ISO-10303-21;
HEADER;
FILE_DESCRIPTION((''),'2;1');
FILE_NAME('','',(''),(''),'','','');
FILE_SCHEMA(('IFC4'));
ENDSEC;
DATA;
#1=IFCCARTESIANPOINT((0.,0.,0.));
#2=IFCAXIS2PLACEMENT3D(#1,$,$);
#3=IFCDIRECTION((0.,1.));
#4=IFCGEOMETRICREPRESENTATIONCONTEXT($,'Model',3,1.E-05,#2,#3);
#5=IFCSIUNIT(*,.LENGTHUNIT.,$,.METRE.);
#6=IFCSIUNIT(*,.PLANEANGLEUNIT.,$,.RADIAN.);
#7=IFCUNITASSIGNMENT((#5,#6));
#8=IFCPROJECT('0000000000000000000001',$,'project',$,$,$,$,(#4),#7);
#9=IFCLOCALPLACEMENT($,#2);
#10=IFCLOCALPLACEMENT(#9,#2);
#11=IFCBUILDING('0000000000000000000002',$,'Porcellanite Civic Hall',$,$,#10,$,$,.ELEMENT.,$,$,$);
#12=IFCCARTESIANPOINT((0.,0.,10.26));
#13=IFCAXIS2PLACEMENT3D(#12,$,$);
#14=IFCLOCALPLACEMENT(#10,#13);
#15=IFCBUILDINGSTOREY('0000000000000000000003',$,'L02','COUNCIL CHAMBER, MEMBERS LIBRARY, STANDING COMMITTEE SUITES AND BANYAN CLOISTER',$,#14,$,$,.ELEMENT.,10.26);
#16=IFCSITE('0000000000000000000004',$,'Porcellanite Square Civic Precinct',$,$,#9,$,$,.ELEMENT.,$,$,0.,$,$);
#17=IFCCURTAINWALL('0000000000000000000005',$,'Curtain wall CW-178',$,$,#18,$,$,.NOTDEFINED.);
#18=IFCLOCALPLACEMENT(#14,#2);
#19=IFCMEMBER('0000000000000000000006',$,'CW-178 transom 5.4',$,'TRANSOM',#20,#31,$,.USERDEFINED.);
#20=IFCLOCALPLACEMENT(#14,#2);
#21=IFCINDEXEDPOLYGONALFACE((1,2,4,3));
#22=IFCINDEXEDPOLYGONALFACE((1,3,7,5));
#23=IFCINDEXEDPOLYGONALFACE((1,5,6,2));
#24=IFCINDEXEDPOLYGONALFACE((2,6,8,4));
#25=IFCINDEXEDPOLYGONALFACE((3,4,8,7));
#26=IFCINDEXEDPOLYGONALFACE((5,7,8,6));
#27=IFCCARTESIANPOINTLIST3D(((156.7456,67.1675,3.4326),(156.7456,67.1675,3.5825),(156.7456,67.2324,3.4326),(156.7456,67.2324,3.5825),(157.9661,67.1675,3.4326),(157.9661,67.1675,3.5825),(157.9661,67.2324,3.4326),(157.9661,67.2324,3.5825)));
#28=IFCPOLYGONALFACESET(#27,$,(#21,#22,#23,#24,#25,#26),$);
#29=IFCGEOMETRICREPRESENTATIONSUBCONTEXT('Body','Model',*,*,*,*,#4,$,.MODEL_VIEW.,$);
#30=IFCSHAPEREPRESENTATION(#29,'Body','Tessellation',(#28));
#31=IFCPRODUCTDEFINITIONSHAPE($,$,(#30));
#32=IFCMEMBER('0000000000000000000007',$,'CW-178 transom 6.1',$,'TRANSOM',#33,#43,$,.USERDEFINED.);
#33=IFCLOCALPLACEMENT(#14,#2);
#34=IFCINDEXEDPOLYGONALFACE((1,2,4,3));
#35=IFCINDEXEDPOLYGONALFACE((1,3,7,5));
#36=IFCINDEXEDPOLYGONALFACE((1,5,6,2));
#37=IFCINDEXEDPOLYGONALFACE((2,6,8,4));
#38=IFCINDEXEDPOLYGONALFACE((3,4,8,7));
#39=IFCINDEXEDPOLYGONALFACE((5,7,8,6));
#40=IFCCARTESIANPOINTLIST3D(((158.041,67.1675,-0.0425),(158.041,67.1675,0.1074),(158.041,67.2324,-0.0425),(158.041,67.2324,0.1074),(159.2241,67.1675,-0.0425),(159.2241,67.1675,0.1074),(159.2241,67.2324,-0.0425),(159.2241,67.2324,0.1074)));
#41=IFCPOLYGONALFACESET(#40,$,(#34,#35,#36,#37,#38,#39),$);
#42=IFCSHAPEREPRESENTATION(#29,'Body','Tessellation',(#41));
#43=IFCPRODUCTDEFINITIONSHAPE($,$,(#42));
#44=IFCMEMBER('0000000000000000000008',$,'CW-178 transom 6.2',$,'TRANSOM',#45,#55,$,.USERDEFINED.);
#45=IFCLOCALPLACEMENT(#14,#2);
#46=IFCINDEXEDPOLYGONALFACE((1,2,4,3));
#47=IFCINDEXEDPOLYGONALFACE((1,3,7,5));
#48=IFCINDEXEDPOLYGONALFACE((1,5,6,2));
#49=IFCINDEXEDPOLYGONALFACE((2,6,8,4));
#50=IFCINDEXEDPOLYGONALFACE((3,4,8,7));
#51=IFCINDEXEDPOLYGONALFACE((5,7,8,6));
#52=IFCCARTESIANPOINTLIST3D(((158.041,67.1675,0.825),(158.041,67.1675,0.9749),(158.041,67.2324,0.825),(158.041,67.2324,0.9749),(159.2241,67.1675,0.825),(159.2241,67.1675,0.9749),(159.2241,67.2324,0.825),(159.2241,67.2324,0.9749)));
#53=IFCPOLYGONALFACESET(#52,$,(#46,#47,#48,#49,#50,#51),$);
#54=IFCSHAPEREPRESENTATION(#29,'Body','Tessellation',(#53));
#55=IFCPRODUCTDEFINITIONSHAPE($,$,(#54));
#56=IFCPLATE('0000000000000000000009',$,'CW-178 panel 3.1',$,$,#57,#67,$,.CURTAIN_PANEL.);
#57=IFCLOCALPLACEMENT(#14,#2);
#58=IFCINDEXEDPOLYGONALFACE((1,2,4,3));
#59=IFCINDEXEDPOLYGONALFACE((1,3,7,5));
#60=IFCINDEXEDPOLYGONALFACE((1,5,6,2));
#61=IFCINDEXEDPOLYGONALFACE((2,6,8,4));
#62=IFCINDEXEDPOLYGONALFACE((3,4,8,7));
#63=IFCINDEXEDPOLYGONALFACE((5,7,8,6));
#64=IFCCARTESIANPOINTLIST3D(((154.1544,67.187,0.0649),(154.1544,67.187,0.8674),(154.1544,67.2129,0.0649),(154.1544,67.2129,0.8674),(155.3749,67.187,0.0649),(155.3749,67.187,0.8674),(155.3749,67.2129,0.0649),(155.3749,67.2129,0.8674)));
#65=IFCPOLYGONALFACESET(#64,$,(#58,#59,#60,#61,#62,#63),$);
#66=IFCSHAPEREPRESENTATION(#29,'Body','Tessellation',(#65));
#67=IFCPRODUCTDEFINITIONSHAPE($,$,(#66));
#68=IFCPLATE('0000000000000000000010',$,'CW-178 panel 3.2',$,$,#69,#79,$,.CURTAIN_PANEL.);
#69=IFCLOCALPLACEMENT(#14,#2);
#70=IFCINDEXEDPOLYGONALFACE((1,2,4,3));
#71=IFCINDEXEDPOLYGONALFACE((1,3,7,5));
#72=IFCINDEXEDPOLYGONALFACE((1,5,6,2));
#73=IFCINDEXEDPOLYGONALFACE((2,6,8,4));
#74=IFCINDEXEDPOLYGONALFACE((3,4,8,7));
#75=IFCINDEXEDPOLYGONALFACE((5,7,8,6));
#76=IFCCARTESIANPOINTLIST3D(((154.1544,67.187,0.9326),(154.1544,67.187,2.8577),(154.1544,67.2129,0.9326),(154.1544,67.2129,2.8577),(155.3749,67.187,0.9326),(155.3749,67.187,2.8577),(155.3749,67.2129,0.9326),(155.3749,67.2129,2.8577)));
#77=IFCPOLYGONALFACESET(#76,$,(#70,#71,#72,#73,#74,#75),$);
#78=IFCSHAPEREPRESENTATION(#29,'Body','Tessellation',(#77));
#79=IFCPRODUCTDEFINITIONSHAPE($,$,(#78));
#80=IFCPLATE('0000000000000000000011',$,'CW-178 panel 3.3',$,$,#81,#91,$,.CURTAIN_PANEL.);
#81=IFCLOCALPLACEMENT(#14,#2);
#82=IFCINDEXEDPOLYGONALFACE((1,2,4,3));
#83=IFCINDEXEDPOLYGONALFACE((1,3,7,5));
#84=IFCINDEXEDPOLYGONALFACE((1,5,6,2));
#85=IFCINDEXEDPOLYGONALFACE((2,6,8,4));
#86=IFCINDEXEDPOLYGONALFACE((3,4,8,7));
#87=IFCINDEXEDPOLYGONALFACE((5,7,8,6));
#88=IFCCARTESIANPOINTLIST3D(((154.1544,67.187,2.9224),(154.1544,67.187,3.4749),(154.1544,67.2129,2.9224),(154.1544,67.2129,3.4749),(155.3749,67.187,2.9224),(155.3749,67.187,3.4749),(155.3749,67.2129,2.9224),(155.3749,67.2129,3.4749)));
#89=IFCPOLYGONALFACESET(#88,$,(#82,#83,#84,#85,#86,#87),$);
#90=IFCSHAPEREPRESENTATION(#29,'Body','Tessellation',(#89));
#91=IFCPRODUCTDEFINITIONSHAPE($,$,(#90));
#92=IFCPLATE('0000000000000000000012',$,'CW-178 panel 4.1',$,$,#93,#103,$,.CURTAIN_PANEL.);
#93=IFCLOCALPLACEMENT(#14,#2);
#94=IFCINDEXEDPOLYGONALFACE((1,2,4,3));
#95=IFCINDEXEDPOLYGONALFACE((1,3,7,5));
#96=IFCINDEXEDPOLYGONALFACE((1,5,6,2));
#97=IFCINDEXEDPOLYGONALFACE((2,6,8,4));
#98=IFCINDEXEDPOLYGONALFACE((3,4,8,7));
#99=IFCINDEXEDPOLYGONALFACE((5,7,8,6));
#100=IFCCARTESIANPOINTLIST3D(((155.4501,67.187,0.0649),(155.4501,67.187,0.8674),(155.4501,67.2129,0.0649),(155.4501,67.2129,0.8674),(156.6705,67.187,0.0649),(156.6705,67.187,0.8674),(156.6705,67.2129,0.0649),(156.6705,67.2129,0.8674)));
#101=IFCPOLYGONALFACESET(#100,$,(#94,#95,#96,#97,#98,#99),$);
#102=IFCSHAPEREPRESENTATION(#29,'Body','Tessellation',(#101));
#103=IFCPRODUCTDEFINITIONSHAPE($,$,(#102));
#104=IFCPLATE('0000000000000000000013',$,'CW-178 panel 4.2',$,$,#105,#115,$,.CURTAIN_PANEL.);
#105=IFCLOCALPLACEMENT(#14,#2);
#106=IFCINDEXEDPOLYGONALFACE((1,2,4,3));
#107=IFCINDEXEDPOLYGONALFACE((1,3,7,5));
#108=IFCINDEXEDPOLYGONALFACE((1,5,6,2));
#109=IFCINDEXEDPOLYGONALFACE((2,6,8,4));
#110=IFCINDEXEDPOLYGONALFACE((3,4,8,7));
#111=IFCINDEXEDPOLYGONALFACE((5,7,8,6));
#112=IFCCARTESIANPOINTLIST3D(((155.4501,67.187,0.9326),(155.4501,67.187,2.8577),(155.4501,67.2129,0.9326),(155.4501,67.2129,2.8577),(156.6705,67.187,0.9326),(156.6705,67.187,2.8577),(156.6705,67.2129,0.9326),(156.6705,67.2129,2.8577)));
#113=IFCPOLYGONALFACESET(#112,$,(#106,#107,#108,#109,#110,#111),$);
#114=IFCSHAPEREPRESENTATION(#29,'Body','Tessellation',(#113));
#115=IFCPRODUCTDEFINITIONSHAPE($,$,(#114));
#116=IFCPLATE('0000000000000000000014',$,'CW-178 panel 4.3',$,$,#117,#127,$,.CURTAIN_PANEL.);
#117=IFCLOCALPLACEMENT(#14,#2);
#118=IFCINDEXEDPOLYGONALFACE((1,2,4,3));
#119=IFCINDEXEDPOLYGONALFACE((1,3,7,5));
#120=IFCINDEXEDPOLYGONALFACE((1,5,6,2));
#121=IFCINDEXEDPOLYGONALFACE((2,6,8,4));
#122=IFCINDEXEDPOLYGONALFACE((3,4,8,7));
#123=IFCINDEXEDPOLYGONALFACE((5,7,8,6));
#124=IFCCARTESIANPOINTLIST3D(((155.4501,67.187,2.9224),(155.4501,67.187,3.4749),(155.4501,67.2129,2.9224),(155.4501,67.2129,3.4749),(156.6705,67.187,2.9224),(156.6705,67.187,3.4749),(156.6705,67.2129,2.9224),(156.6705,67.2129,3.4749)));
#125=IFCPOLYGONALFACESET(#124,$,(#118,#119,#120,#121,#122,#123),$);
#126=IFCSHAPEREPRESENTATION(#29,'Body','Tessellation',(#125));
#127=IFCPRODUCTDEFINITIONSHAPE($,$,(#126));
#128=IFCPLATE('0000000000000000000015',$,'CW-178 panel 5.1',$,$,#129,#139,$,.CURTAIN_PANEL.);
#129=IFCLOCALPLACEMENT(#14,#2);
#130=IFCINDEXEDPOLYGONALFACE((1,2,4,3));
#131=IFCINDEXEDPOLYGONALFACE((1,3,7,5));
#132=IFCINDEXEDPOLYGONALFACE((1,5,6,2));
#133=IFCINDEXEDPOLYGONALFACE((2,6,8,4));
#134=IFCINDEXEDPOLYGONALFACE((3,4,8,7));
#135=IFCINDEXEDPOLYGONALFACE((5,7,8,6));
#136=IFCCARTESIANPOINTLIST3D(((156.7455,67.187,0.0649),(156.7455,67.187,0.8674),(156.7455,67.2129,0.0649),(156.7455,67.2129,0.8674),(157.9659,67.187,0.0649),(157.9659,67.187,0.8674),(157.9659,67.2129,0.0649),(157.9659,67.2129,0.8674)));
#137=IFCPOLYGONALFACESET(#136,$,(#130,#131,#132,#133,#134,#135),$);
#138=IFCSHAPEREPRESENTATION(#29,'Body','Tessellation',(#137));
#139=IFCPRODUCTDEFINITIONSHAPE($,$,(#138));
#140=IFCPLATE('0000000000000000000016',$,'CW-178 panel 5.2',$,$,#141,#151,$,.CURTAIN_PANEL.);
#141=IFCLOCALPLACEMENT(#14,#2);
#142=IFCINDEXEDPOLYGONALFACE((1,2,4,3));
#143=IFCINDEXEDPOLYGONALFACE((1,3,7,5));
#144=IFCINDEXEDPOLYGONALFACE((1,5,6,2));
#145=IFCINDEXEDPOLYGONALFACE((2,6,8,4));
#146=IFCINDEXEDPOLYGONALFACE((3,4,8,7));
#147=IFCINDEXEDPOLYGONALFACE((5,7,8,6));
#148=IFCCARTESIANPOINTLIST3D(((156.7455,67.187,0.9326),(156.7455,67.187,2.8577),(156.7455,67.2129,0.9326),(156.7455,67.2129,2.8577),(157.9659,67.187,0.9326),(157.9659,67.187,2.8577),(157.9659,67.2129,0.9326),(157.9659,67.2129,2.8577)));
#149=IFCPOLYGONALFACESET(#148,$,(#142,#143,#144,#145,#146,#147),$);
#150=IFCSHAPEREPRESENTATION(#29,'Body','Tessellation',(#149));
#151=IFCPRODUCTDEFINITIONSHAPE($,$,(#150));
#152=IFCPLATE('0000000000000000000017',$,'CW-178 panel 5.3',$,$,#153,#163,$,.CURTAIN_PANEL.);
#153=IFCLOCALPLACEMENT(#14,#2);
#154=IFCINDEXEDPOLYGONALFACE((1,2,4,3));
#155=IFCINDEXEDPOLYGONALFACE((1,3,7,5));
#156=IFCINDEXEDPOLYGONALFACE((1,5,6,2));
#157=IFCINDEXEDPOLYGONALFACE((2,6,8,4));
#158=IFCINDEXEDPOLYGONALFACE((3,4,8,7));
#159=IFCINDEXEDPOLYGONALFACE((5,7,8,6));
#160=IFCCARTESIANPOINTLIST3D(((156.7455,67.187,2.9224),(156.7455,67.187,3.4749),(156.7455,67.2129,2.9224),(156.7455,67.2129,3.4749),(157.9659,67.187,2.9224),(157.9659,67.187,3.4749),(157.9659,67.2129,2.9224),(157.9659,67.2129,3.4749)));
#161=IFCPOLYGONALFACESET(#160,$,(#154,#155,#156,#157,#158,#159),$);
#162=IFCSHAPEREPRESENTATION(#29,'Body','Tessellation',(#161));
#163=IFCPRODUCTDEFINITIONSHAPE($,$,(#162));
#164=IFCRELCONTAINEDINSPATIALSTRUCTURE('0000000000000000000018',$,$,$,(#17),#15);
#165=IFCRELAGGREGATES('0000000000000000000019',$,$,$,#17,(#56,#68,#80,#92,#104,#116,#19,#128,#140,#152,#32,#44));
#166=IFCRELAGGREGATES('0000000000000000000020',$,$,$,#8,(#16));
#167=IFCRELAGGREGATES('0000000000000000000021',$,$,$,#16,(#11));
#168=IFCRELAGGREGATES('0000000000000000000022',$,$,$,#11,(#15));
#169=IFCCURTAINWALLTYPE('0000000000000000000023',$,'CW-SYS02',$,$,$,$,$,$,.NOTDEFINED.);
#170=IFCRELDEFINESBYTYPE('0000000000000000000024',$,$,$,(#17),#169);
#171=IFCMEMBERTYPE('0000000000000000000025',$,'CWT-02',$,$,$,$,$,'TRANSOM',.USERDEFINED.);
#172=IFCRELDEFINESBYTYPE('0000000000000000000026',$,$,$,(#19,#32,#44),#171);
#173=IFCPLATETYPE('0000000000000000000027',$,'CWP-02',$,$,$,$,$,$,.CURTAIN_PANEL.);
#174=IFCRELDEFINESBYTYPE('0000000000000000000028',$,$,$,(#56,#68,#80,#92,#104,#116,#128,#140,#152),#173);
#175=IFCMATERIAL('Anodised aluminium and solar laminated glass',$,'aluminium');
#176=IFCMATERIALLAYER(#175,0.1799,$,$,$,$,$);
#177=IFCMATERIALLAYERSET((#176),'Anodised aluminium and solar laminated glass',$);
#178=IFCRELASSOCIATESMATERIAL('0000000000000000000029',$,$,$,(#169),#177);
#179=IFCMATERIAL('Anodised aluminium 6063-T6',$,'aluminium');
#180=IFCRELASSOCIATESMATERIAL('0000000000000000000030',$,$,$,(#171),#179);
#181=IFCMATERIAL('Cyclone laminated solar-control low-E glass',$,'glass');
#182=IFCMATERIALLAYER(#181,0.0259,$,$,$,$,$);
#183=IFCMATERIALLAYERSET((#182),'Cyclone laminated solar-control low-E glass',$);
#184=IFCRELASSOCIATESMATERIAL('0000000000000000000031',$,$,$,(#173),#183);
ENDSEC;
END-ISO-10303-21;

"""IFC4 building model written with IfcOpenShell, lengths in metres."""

from ifc_helpers import new_model, si_unit, direction, frame, origin, origin_2d, place, context, subcontext, project, spatial, rectangle, extrude, material, layer, layer_set, material_profile, profile_set, type_object, element, aggregate, save


model = new_model("IFC4")

# Units and contexts
model_context = context("Model", 3, precision=1e-05, world=origin(), true_north=direction((0.0, 1.0)))
body_context = subcontext(model_context, "Body", "Model", "MODEL_VIEW")
ifc_project = project(units=[si_unit("LENGTHUNIT", "METRE"), si_unit("PLANEANGLEUNIT", "RADIAN")], contexts=[model_context])

# Site, building, storey
site_placement = place(None, origin())
site = spatial("IfcSite", under=ifc_project, at=site_placement, Name="Porcellanite Square Civic Precinct", CompositionType="ELEMENT", RefElevation=0.0)
building_placement = place(site_placement, origin())
building = spatial("IfcBuilding", under=site, at=building_placement, Name="Porcellanite Civic Hall", CompositionType="ELEMENT")
storey_placement = place(building_placement, frame((0.0, 0.0, 10.26)))
storey = spatial("IfcBuildingStorey", under=building, at=storey_placement, Name="L02", Description="COUNCIL CHAMBER, MEMBERS LIBRARY, STANDING COMMITTEE SUITES AND BANYAN CLOISTER", CompositionType="ELEMENT", Elevation=10.26)

# Curtain wall, members, plates
ifc_material_1 = material(Name="Anodised aluminium and solar laminated glass", Category="aluminium")
ifc_layer_1 = layer(ifc_material_1, 0.1799)
ifc_layer_set_1 = layer_set([ifc_layer_1], Name="Anodised aluminium and solar laminated glass")
curtain_wall_type = type_object("IfcCurtainWallType", Name="CW-SYS02", PredefinedType="NOTDEFINED", material=ifc_layer_set_1)
curtain_wall_placement = place(storey_placement, origin())
curtain_wall = element("IfcCurtainWall", 1, at=curtain_wall_placement, inside=storey, type_object=curtain_wall_type, Name="Curtain wall CW-178", PredefinedType="NOTDEFINED")
ifc_material_2 = material(Name="Anodised aluminium 6063-T6", Category="aluminium")
ifc_material_profile_1 = material_profile(ifc_material_2, rectangle(XDim=0.0649, YDim=0.1499, at=origin_2d()), Name="AL-65x150")
ifc_profile_set_1 = profile_set([ifc_material_profile_1], Name="Anodised aluminium 6063-T6")
member_type_1 = type_object("IfcMemberType", Name="CWT-02", ElementType="TRANSOM", PredefinedType="USERDEFINED", material=ifc_profile_set_1)
member_1_placement = place(storey_placement, frame((156.7456, 67.2, 3.5076), z_axis=(1.0, 0.0, 0.0), x_axis=(0.0, 1.0, 0.0)))
member_1 = element("IfcMember", 2, at=member_1_placement, type_object=member_type_1, Name="CW-178 transom 5.4", ObjectType="TRANSOM", PredefinedType="USERDEFINED", context=body_context, shape_type="SweptSolid", body=[
    extrude(rectangle(XDim=0.0649, YDim=0.1499, at=origin_2d()), origin(), (0.0, 0.0, 1.0), 1.2205),
])
member_2_placement = place(storey_placement, frame((158.041, 67.2, 0.0325), z_axis=(1.0, 0.0, 0.0), x_axis=(0.0, 1.0, 0.0)))
member_2 = element("IfcMember", 3, at=member_2_placement, type_object=member_type_1, Name="CW-178 transom 6.1", ObjectType="TRANSOM", PredefinedType="USERDEFINED", context=body_context, shape_type="SweptSolid", body=[
    extrude(rectangle(XDim=0.0649, YDim=0.1499, at=origin_2d()), origin(), (0.0, 0.0, 1.0), 1.1831),
])
member_3_placement = place(storey_placement, frame((158.041, 67.2, 0.8999), z_axis=(1.0, 0.0, 0.0), x_axis=(0.0, 1.0, 0.0)))
member_3 = element("IfcMember", 4, at=member_3_placement, type_object=member_type_1, Name="CW-178 transom 6.2", ObjectType="TRANSOM", PredefinedType="USERDEFINED", context=body_context, shape_type="SweptSolid", body=[
    extrude(rectangle(XDim=0.0649, YDim=0.1499, at=origin_2d()), origin(), (0.0, 0.0, 1.0), 1.1831),
])
ifc_material_3 = material(Name="Cyclone laminated solar-control low-E glass", Category="glass")
ifc_layer_2 = layer(ifc_material_3, 0.0259)
ifc_layer_set_2 = layer_set([ifc_layer_2], Name="Cyclone laminated solar-control low-E glass")
plate_type = type_object("IfcPlateType", Name="CWP-02", PredefinedType="CURTAIN_PANEL", material=ifc_layer_set_2)
plate_1_placement = place(storey_placement, frame((154.7646, 67.2, 0.0649), z_axis=(0.0, 0.0, 1.0), x_axis=(1.0, 0.0, 0.0)))
plate_1 = element("IfcPlate", 5, at=plate_1_placement, type_object=plate_type, Name="CW-178 panel 3.1", PredefinedType="CURTAIN_PANEL", context=body_context, shape_type="SweptSolid", body=[
    extrude(rectangle(XDim=1.2205, YDim=0.0259, at=origin_2d()), origin(), (0.0, 0.0, 1.0), 0.8025),
])
plate_2_placement = place(storey_placement, frame((154.7646, 67.2, 0.9326), z_axis=(0.0, 0.0, 1.0), x_axis=(1.0, 0.0, 0.0)))
plate_2 = element("IfcPlate", 6, at=plate_2_placement, type_object=plate_type, Name="CW-178 panel 3.2", PredefinedType="CURTAIN_PANEL", context=body_context, shape_type="SweptSolid", body=[
    extrude(rectangle(XDim=1.2205, YDim=0.0259, at=origin_2d()), origin(), (0.0, 0.0, 1.0), 1.925),
])
plate_3_placement = place(storey_placement, frame((154.7646, 67.2, 2.9224), z_axis=(0.0, 0.0, 1.0), x_axis=(1.0, 0.0, 0.0)))
plate_3 = element("IfcPlate", 7, at=plate_3_placement, type_object=plate_type, Name="CW-178 panel 3.3", PredefinedType="CURTAIN_PANEL", context=body_context, shape_type="SweptSolid", body=[
    extrude(rectangle(XDim=1.2205, YDim=0.0259, at=origin_2d()), origin(), (0.0, 0.0, 1.0), 0.5525),
])
plate_4_placement = place(storey_placement, frame((156.0603, 67.2, 0.0649), z_axis=(0.0, 0.0, 1.0), x_axis=(1.0, 0.0, 0.0)))
plate_4 = element("IfcPlate", 8, at=plate_4_placement, type_object=plate_type, Name="CW-178 panel 4.1", PredefinedType="CURTAIN_PANEL", context=body_context, shape_type="SweptSolid", body=[
    extrude(rectangle(XDim=1.2205, YDim=0.0259, at=origin_2d()), origin(), (0.0, 0.0, 1.0), 0.8025),
])
plate_5_placement = place(storey_placement, frame((156.0603, 67.2, 0.9326), z_axis=(0.0, 0.0, 1.0), x_axis=(1.0, 0.0, 0.0)))
plate_5 = element("IfcPlate", 9, at=plate_5_placement, type_object=plate_type, Name="CW-178 panel 4.2", PredefinedType="CURTAIN_PANEL", context=body_context, shape_type="SweptSolid", body=[
    extrude(rectangle(XDim=1.2205, YDim=0.0259, at=origin_2d()), origin(), (0.0, 0.0, 1.0), 1.925),
])
plate_6_placement = place(storey_placement, frame((156.0603, 67.2, 2.9224), z_axis=(0.0, 0.0, 1.0), x_axis=(1.0, 0.0, 0.0)))
plate_6 = element("IfcPlate", 10, at=plate_6_placement, type_object=plate_type, Name="CW-178 panel 4.3", PredefinedType="CURTAIN_PANEL", context=body_context, shape_type="SweptSolid", body=[
    extrude(rectangle(XDim=1.2205, YDim=0.0259, at=origin_2d()), origin(), (0.0, 0.0, 1.0), 0.5525),
])
plate_7_placement = place(storey_placement, frame((157.3557, 67.2, 0.0649), z_axis=(0.0, 0.0, 1.0), x_axis=(1.0, 0.0, 0.0)))
plate_7 = element("IfcPlate", 11, at=plate_7_placement, type_object=plate_type, Name="CW-178 panel 5.1", PredefinedType="CURTAIN_PANEL", context=body_context, shape_type="SweptSolid", body=[
    extrude(rectangle(XDim=1.2205, YDim=0.0259, at=origin_2d()), origin(), (0.0, 0.0, 1.0), 0.8025),
])
plate_8_placement = place(storey_placement, frame((157.3557, 67.2, 0.9326), z_axis=(0.0, 0.0, 1.0), x_axis=(1.0, 0.0, 0.0)))
plate_8 = element("IfcPlate", 12, at=plate_8_placement, type_object=plate_type, Name="CW-178 panel 5.2", PredefinedType="CURTAIN_PANEL", context=body_context, shape_type="SweptSolid", body=[
    extrude(rectangle(XDim=1.2205, YDim=0.0259, at=origin_2d()), origin(), (0.0, 0.0, 1.0), 1.925),
])
plate_9_placement = place(storey_placement, frame((157.3557, 67.2, 2.9224), z_axis=(0.0, 0.0, 1.0), x_axis=(1.0, 0.0, 0.0)))
plate_9 = element("IfcPlate", 13, at=plate_9_placement, type_object=plate_type, Name="CW-178 panel 5.3", PredefinedType="CURTAIN_PANEL", context=body_context, shape_type="SweptSolid", body=[
    extrude(rectangle(XDim=1.2205, YDim=0.0259, at=origin_2d()), origin(), (0.0, 0.0, 1.0), 0.5525),
])
aggregate(curtain_wall, [plate_1, plate_2, plate_3, plate_4, plate_5, plate_6, member_1, plate_7, plate_8, plate_9, member_2, member_3])

save(model, "model.ifc")
